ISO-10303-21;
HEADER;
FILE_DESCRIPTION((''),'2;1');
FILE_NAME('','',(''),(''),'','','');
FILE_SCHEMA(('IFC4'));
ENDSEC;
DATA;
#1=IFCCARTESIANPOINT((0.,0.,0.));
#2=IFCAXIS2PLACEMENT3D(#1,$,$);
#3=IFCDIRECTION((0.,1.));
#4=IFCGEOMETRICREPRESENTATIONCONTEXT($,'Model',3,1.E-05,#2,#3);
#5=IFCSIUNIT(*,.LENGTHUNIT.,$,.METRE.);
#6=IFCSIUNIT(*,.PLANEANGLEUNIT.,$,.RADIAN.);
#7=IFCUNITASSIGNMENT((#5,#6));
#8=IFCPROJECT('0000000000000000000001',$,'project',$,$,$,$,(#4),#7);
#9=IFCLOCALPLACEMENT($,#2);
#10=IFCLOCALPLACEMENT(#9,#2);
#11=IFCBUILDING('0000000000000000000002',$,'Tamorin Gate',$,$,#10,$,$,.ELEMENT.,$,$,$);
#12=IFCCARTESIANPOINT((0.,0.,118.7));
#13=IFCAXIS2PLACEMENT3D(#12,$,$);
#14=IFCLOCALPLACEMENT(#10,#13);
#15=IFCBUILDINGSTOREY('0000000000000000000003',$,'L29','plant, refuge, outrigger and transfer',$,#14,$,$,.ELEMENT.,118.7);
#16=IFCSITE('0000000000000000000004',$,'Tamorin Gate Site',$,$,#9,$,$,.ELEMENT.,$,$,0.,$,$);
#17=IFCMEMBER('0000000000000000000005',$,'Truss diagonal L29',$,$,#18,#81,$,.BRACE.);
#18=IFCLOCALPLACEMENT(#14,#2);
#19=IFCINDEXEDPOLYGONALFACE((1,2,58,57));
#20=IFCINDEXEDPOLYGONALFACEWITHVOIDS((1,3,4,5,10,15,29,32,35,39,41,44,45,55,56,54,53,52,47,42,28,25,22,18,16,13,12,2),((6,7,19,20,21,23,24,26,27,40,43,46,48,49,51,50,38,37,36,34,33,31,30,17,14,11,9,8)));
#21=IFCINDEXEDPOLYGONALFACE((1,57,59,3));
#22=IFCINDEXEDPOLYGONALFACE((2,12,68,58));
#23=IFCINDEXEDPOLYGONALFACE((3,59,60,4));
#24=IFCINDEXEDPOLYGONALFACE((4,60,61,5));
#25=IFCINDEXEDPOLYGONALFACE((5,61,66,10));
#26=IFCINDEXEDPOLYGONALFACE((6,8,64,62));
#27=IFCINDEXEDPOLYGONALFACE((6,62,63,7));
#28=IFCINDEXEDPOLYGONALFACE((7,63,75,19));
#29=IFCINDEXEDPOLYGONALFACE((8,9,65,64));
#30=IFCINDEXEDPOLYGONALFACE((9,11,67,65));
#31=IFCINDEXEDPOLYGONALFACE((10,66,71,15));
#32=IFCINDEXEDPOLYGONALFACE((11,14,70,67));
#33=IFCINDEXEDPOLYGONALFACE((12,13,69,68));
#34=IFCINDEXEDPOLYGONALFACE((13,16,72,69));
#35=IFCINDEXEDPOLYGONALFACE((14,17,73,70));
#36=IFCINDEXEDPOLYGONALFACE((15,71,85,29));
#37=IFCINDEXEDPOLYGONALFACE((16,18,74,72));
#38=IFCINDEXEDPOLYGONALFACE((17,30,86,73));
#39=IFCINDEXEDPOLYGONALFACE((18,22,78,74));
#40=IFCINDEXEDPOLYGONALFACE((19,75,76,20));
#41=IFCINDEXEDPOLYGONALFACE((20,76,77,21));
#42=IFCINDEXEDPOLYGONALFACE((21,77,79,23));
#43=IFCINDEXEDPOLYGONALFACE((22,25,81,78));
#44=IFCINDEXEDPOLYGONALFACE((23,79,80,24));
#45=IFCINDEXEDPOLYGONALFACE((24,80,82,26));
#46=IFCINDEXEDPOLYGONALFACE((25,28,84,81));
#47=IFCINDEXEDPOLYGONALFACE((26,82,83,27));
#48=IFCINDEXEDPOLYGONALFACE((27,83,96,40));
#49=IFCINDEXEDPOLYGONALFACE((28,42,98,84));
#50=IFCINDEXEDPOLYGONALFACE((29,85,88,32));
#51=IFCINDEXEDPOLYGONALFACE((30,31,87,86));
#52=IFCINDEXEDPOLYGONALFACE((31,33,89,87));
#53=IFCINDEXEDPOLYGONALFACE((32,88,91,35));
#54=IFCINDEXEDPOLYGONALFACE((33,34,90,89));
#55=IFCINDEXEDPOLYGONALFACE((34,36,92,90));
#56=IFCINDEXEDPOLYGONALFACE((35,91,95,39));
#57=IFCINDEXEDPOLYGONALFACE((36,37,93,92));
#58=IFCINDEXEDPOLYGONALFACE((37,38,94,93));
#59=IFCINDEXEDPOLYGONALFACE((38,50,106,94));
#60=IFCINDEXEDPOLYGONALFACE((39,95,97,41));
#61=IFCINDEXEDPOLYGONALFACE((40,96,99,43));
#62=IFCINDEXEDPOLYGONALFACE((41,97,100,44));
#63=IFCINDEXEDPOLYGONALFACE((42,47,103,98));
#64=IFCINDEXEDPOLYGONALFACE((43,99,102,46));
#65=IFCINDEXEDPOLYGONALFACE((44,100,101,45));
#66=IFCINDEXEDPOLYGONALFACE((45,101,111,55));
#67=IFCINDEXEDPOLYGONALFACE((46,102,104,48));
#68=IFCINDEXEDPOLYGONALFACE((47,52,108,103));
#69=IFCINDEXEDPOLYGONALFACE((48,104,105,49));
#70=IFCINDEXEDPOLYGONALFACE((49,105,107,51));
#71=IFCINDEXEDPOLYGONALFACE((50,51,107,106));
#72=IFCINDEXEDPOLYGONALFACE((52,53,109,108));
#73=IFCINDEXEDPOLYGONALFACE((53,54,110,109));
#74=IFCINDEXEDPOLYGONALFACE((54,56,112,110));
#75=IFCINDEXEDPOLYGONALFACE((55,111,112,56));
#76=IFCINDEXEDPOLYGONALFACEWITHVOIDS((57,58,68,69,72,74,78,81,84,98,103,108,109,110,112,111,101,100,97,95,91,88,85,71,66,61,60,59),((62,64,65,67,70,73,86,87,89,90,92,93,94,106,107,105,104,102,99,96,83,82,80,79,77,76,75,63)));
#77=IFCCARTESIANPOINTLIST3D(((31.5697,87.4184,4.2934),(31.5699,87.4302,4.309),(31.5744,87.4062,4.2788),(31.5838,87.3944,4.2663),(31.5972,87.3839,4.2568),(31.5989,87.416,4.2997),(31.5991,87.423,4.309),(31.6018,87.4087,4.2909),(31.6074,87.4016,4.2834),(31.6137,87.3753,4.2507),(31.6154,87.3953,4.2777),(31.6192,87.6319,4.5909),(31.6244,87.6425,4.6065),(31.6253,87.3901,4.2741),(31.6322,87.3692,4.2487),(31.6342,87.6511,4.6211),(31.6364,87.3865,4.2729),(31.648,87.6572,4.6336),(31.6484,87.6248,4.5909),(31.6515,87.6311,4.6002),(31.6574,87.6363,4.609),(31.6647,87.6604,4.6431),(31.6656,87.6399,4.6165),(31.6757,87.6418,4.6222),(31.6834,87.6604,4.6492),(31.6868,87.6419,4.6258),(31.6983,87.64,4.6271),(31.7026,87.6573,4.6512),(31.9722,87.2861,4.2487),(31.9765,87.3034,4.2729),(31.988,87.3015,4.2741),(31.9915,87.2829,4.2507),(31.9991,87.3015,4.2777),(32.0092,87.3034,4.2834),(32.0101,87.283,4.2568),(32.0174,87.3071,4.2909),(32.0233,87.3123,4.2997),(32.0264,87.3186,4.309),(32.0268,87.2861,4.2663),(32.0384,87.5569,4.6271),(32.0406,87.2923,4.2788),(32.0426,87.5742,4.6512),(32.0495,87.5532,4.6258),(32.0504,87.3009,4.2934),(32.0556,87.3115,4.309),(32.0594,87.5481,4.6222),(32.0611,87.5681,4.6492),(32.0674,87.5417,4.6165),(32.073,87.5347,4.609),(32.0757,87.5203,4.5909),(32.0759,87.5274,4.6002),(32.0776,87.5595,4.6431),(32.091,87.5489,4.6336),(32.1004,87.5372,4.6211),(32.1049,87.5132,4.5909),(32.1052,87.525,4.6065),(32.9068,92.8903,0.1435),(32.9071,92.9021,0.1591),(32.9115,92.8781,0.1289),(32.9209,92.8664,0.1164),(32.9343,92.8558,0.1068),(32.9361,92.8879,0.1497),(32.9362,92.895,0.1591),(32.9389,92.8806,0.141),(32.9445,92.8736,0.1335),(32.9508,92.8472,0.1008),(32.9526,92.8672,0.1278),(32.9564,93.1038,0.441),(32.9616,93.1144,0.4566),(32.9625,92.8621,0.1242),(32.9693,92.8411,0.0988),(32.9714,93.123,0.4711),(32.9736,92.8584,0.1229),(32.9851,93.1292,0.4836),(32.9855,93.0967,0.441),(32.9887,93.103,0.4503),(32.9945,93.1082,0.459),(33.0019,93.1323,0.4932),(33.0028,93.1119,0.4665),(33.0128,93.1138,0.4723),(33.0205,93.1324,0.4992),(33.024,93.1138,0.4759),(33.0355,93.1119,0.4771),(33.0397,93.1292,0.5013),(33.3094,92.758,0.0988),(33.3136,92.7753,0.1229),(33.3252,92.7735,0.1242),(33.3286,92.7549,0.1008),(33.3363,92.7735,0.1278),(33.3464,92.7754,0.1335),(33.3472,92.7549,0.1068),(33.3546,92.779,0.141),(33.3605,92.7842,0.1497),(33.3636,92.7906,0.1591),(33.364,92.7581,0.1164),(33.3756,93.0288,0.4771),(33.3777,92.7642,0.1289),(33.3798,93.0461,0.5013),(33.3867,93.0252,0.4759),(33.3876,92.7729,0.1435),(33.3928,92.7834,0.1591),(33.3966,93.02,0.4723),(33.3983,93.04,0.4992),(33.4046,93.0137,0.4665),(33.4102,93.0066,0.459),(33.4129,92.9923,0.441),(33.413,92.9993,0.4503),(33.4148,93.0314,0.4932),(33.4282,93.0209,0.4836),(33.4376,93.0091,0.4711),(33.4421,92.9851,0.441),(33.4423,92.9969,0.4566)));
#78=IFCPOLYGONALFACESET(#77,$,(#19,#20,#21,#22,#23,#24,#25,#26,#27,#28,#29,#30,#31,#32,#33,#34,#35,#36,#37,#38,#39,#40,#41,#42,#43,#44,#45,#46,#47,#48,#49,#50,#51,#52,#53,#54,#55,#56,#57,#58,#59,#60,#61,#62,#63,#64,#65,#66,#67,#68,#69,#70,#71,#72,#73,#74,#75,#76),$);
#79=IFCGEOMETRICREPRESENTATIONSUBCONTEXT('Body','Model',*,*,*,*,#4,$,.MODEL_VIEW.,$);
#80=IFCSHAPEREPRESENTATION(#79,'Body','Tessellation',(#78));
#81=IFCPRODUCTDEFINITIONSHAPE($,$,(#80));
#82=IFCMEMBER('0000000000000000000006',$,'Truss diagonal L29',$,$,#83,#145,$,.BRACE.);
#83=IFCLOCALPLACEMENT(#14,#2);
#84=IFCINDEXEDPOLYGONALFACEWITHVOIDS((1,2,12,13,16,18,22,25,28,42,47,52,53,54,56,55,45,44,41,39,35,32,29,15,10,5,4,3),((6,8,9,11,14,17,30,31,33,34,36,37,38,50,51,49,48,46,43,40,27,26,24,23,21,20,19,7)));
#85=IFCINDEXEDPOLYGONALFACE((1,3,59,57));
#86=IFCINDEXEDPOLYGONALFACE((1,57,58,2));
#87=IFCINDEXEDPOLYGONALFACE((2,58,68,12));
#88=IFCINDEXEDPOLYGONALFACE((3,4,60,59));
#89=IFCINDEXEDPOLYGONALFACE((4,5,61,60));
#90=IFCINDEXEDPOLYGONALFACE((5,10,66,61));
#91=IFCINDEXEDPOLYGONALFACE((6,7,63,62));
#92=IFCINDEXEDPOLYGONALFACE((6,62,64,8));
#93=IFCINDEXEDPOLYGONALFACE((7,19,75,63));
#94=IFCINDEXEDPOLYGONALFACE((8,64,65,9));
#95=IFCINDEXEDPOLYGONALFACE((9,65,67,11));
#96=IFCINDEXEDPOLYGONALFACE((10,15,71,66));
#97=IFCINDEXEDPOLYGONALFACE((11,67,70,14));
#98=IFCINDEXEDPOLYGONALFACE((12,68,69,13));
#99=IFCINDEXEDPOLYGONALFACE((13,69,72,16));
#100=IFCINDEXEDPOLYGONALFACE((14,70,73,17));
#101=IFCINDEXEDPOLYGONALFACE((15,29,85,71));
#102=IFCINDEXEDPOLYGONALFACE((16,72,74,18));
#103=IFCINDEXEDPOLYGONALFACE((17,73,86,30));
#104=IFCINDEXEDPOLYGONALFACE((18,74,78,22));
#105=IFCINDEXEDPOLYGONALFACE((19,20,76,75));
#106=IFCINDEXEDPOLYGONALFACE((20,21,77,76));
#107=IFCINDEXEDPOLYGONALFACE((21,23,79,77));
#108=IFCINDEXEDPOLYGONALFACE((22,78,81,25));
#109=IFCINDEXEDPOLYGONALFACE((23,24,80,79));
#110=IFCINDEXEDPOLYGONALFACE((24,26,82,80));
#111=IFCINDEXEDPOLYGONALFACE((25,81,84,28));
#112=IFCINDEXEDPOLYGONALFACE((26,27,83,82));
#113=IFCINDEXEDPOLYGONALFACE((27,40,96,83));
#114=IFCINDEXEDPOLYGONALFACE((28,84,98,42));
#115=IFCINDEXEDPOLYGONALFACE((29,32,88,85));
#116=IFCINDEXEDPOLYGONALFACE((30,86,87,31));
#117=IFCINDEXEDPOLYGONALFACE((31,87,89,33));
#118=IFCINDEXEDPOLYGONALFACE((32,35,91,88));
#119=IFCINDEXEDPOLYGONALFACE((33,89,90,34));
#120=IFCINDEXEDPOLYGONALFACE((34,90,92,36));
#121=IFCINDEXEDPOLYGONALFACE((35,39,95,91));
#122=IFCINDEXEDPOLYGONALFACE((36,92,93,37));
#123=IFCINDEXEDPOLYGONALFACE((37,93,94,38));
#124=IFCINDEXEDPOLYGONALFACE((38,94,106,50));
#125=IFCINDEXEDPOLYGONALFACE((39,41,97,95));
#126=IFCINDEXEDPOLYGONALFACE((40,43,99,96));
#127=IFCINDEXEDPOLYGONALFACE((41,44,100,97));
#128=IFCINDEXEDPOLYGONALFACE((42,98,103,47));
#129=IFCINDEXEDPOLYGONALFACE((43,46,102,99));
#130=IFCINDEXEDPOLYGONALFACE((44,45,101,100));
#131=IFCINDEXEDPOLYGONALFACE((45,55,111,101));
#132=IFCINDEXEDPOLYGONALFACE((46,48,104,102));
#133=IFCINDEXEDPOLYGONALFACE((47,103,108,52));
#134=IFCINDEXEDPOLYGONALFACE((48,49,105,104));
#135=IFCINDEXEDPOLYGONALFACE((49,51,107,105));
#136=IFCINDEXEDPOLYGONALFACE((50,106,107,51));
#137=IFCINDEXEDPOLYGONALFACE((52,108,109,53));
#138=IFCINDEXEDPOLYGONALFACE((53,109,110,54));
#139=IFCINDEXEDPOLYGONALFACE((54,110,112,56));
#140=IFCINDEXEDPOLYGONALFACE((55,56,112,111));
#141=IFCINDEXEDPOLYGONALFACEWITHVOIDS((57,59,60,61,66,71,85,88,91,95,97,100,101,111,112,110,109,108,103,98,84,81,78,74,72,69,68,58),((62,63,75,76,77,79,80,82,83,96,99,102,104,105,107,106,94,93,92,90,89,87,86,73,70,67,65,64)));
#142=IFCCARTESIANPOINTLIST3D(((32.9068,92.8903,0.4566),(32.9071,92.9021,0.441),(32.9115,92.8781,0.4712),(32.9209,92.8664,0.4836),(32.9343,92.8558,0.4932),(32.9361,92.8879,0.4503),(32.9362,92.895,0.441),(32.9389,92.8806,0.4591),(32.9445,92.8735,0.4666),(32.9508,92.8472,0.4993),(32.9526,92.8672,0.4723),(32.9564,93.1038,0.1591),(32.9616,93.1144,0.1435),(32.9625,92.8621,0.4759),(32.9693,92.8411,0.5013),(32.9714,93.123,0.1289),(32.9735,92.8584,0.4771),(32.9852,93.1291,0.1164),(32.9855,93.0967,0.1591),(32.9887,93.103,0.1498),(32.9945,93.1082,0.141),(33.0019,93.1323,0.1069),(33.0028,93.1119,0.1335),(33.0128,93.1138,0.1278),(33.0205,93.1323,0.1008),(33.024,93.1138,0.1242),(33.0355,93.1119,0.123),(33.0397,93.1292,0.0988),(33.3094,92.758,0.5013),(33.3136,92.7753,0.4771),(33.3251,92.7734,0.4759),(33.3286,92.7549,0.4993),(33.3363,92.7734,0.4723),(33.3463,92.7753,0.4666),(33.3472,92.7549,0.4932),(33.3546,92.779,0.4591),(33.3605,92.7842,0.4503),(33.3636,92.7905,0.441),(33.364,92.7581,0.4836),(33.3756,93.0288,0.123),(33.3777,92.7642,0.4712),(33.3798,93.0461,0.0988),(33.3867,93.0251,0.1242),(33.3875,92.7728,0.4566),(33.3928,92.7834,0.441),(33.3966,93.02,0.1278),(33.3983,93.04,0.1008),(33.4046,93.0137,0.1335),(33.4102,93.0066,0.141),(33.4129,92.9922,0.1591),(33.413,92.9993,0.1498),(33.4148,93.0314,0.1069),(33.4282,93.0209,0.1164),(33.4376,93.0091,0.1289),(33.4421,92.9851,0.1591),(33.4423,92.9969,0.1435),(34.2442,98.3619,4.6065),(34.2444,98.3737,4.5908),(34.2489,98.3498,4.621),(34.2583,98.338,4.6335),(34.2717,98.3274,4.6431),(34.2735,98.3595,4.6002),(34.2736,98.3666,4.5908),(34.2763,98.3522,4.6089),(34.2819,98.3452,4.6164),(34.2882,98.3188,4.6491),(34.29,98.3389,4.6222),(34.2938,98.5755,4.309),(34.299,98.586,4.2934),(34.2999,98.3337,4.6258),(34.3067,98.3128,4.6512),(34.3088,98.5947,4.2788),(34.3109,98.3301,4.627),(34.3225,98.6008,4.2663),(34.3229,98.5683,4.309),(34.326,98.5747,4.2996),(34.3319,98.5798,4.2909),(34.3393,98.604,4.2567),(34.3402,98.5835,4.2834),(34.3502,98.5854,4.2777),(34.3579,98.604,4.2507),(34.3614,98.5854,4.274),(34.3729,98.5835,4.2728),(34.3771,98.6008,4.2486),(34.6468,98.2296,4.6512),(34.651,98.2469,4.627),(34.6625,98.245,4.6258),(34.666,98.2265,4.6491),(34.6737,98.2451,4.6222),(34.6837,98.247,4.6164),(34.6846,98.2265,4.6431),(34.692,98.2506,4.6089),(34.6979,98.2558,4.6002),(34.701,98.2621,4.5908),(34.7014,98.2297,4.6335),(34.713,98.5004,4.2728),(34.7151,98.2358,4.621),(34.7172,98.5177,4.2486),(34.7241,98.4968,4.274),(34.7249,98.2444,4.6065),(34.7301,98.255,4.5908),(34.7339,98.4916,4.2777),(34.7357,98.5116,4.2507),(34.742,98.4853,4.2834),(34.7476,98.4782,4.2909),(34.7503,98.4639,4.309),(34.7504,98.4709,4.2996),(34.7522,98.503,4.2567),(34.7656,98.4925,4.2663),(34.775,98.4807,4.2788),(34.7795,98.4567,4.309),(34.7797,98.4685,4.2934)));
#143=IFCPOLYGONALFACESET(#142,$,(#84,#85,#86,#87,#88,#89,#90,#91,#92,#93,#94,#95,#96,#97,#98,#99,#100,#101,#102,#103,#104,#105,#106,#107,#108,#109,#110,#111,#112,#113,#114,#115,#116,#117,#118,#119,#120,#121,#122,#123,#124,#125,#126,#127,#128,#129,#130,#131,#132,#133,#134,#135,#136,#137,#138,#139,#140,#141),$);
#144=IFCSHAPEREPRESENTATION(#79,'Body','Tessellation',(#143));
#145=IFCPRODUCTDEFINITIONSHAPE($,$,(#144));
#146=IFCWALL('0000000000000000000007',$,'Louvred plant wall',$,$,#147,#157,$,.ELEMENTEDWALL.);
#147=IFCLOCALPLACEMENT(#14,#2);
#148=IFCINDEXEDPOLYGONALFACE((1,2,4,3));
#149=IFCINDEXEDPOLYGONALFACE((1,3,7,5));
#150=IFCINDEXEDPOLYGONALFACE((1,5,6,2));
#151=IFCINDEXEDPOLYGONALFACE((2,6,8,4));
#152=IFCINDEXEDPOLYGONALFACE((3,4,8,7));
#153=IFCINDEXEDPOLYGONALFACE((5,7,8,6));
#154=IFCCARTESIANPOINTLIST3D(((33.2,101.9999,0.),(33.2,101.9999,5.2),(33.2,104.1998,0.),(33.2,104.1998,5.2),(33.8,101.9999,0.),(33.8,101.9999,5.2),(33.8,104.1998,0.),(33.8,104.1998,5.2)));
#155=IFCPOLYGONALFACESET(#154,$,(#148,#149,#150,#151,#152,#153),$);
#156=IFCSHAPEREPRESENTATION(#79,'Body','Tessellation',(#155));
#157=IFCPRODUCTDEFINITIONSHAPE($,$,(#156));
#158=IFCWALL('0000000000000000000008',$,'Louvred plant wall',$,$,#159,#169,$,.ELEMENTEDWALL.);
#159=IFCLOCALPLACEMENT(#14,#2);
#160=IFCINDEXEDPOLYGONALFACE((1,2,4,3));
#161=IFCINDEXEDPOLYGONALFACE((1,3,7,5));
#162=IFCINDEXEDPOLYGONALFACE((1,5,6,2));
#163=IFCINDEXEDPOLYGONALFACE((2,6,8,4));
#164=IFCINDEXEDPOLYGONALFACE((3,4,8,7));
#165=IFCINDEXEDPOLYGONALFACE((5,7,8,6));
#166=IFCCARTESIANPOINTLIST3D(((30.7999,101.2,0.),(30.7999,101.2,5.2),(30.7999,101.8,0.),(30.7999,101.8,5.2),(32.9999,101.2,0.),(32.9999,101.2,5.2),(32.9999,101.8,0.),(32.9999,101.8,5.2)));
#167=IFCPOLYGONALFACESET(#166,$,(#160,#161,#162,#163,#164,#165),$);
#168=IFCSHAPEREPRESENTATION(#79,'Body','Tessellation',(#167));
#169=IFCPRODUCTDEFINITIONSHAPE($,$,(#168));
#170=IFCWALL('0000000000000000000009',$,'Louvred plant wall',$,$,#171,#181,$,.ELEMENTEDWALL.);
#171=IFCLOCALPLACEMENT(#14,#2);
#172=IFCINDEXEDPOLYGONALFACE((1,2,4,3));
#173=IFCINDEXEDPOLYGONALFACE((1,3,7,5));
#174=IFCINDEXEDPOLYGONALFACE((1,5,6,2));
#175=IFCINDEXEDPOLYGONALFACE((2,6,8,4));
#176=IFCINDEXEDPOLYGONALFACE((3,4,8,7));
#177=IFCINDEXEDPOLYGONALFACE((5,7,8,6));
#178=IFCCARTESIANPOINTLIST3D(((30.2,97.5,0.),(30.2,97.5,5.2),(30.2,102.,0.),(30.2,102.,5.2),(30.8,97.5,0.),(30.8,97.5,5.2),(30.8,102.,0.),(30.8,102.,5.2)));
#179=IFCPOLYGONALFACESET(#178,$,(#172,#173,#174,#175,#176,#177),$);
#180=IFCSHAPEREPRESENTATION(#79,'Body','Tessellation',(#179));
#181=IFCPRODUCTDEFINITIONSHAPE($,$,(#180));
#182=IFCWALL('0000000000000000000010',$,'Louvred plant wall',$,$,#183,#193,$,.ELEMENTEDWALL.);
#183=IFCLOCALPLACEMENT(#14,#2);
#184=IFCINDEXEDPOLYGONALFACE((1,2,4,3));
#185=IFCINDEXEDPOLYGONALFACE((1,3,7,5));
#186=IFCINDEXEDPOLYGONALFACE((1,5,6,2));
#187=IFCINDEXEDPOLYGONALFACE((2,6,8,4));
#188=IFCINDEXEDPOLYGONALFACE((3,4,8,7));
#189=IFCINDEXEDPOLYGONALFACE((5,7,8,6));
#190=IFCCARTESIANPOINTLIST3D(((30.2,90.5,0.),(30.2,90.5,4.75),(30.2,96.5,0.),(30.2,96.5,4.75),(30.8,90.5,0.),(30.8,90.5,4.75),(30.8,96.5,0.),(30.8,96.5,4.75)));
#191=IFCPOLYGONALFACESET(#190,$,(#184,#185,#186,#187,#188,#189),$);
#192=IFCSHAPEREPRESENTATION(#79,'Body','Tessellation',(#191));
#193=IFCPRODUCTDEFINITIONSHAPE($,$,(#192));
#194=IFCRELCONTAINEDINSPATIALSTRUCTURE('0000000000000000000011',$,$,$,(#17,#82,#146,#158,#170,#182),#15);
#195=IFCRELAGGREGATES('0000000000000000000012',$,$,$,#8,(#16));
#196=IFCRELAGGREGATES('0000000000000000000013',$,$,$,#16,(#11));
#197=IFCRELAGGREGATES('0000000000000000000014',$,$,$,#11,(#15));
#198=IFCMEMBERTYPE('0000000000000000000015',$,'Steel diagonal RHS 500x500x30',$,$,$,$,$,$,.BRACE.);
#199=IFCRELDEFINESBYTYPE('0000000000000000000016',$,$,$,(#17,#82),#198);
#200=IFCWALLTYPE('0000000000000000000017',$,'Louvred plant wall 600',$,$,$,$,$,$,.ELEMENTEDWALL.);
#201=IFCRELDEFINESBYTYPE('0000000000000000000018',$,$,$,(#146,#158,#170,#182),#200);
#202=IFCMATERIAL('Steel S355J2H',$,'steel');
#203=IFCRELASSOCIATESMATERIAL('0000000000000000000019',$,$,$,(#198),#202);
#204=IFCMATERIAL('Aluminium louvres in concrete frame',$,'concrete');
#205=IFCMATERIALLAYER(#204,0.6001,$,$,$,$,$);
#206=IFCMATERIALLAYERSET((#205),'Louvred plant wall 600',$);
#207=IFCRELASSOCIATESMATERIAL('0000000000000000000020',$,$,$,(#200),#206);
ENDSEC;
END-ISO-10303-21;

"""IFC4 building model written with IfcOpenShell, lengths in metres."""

from ifc_helpers import new_model, si_unit, direction, frame, frame_2d, origin, origin_2d, place, context, subcontext, project, spatial, rectangle, hollow_rectangle, extrude, material, layer, layer_set, material_profile, profile_set, type_object, element, save


model = new_model("IFC4")

# Units and contexts
model_context = context("Model", 3, precision=1e-05, world=origin(), true_north=direction((0.0, 1.0)))
body_context = subcontext(model_context, "Body", "Model", "MODEL_VIEW")
ifc_project = project(units=[si_unit("LENGTHUNIT", "METRE"), si_unit("PLANEANGLEUNIT", "RADIAN")], contexts=[model_context])

# Site, building, storey
site_placement = place(None, origin())
site = spatial("IfcSite", under=ifc_project, at=site_placement, Name="Tamorin Gate Site", CompositionType="ELEMENT", RefElevation=0.0)
building_placement = place(site_placement, origin())
building = spatial("IfcBuilding", under=site, at=building_placement, Name="Tamorin Gate", CompositionType="ELEMENT")
storey_placement = place(building_placement, frame((0.0, 0.0, 118.7)))
storey = spatial("IfcBuildingStorey", under=building, at=storey_placement, Name="L29", Description="plant, refuge, outrigger and transfer", CompositionType="ELEMENT", Elevation=118.7)

# Members
ifc_material_1 = material(Name="Steel S355J2H", Category="steel")
ifc_material_profile_1 = material_profile(ifc_material_1, hollow_rectangle(XDim=0.5, YDim=0.5, WallThickness=0.03, InnerFilletRadius=0.0449, OuterFilletRadius=0.075, at=origin_2d()), Name="RHS 500x500x30")
ifc_profile_set_1 = profile_set([ifc_material_profile_1], Name="Steel S355J2H")
member_type_1 = type_object("IfcMemberType", Name="Steel diagonal RHS 500x500x30", PredefinedType="BRACE", material=ifc_profile_set_1)
member_1_placement = place(storey_placement, frame((31.8374, 87.4717, 4.45), z_axis=(0.191117, 0.78209, -0.593136), x_axis=(-0.971416, 0.237382, 0.0)))
element("IfcMember", 1, at=member_1_placement, inside=storey, type_object=member_type_1, Name="Truss diagonal L29", PredefinedType="BRACE", context=body_context, shape_type="SweptSolid", body=[
    extrude(hollow_rectangle(XDim=0.5, YDim=0.5, WallThickness=0.03, InnerFilletRadius=0.0449, OuterFilletRadius=0.075, at=origin_2d()), origin(), (0.0, 0.0, 1.0), 6.9966),
])
member_2_placement = place(storey_placement, frame((33.1746, 92.9436, 0.3), z_axis=(0.191156, 0.782071, 0.593148), x_axis=(-0.971404, 0.237433, 0.0)))
element("IfcMember", 2, at=member_2_placement, inside=storey, type_object=member_type_1, Name="Truss diagonal L29", PredefinedType="BRACE", context=body_context, shape_type="SweptSolid", body=[
    extrude(hollow_rectangle(XDim=0.5, YDim=0.5, WallThickness=0.03, InnerFilletRadius=0.0449, OuterFilletRadius=0.075, at=origin_2d()), origin(), (0.0, 0.0, 1.0), 6.9963),
])

# Walls
ifc_material_2 = material(Name="Aluminium louvres in concrete frame", Category="concrete")
ifc_layer_1 = layer(ifc_material_2, 0.6001)
ifc_layer_set_1 = layer_set([ifc_layer_1], Name="Louvred plant wall 600")
wall_type_1 = type_object("IfcWallType", Name="Louvred plant wall 600", PredefinedType="ELEMENTEDWALL", material=ifc_layer_set_1)
for number, where, z_axis, x_axis, name in (
    (3, (33.5, 104.2, 0.0), (0.0, 0.0, 1.0), (0.0, -1.0, 0.0), "Louvred plant wall"),
    (4, (33.0, 101.5, 0.0), (0.0, 0.0, 1.0), (-1.0, 0.0, 0.0), "Louvred plant wall"),
):
    element("IfcWall", number, at=place(storey_placement, frame(where, z_axis=z_axis, x_axis=x_axis)), inside=storey, type_object=wall_type_1, Name=name, PredefinedType="ELEMENTEDWALL", context=body_context, shape_type="SweptSolid", body=[
        extrude(rectangle(XDim=2.2, YDim=0.6001, at=frame_2d((1.1001, 0.0))), origin(), (0.0, 0.0, 1.0), 5.2),
    ])
wall_1_placement = place(storey_placement, frame((30.5, 102.0, 0.0), z_axis=(0.0, 0.0, 1.0), x_axis=(0.0, -1.0, 0.0)))
element("IfcWall", 5, at=wall_1_placement, inside=storey, type_object=wall_type_1, Name="Louvred plant wall", PredefinedType="ELEMENTEDWALL", context=body_context, shape_type="SweptSolid", body=[
    extrude(rectangle(XDim=4.5, YDim=0.6001, at=frame_2d((2.25, 0.0))), origin(), (0.0, 0.0, 1.0), 5.2),
])
wall_2_placement = place(storey_placement, frame((30.5, 96.5, 0.0), z_axis=(0.0, 0.0, 1.0), x_axis=(0.0, -1.0, 0.0)))
element("IfcWall", 6, at=wall_2_placement, inside=storey, type_object=wall_type_1, Name="Louvred plant wall", PredefinedType="ELEMENTEDWALL", context=body_context, shape_type="SweptSolid", body=[
    extrude(rectangle(XDim=6.0, YDim=0.6001, at=frame_2d((3.0, 0.0))), origin(), (0.0, 0.0, 1.0), 4.75),
])

save(model, "model.ifc")
